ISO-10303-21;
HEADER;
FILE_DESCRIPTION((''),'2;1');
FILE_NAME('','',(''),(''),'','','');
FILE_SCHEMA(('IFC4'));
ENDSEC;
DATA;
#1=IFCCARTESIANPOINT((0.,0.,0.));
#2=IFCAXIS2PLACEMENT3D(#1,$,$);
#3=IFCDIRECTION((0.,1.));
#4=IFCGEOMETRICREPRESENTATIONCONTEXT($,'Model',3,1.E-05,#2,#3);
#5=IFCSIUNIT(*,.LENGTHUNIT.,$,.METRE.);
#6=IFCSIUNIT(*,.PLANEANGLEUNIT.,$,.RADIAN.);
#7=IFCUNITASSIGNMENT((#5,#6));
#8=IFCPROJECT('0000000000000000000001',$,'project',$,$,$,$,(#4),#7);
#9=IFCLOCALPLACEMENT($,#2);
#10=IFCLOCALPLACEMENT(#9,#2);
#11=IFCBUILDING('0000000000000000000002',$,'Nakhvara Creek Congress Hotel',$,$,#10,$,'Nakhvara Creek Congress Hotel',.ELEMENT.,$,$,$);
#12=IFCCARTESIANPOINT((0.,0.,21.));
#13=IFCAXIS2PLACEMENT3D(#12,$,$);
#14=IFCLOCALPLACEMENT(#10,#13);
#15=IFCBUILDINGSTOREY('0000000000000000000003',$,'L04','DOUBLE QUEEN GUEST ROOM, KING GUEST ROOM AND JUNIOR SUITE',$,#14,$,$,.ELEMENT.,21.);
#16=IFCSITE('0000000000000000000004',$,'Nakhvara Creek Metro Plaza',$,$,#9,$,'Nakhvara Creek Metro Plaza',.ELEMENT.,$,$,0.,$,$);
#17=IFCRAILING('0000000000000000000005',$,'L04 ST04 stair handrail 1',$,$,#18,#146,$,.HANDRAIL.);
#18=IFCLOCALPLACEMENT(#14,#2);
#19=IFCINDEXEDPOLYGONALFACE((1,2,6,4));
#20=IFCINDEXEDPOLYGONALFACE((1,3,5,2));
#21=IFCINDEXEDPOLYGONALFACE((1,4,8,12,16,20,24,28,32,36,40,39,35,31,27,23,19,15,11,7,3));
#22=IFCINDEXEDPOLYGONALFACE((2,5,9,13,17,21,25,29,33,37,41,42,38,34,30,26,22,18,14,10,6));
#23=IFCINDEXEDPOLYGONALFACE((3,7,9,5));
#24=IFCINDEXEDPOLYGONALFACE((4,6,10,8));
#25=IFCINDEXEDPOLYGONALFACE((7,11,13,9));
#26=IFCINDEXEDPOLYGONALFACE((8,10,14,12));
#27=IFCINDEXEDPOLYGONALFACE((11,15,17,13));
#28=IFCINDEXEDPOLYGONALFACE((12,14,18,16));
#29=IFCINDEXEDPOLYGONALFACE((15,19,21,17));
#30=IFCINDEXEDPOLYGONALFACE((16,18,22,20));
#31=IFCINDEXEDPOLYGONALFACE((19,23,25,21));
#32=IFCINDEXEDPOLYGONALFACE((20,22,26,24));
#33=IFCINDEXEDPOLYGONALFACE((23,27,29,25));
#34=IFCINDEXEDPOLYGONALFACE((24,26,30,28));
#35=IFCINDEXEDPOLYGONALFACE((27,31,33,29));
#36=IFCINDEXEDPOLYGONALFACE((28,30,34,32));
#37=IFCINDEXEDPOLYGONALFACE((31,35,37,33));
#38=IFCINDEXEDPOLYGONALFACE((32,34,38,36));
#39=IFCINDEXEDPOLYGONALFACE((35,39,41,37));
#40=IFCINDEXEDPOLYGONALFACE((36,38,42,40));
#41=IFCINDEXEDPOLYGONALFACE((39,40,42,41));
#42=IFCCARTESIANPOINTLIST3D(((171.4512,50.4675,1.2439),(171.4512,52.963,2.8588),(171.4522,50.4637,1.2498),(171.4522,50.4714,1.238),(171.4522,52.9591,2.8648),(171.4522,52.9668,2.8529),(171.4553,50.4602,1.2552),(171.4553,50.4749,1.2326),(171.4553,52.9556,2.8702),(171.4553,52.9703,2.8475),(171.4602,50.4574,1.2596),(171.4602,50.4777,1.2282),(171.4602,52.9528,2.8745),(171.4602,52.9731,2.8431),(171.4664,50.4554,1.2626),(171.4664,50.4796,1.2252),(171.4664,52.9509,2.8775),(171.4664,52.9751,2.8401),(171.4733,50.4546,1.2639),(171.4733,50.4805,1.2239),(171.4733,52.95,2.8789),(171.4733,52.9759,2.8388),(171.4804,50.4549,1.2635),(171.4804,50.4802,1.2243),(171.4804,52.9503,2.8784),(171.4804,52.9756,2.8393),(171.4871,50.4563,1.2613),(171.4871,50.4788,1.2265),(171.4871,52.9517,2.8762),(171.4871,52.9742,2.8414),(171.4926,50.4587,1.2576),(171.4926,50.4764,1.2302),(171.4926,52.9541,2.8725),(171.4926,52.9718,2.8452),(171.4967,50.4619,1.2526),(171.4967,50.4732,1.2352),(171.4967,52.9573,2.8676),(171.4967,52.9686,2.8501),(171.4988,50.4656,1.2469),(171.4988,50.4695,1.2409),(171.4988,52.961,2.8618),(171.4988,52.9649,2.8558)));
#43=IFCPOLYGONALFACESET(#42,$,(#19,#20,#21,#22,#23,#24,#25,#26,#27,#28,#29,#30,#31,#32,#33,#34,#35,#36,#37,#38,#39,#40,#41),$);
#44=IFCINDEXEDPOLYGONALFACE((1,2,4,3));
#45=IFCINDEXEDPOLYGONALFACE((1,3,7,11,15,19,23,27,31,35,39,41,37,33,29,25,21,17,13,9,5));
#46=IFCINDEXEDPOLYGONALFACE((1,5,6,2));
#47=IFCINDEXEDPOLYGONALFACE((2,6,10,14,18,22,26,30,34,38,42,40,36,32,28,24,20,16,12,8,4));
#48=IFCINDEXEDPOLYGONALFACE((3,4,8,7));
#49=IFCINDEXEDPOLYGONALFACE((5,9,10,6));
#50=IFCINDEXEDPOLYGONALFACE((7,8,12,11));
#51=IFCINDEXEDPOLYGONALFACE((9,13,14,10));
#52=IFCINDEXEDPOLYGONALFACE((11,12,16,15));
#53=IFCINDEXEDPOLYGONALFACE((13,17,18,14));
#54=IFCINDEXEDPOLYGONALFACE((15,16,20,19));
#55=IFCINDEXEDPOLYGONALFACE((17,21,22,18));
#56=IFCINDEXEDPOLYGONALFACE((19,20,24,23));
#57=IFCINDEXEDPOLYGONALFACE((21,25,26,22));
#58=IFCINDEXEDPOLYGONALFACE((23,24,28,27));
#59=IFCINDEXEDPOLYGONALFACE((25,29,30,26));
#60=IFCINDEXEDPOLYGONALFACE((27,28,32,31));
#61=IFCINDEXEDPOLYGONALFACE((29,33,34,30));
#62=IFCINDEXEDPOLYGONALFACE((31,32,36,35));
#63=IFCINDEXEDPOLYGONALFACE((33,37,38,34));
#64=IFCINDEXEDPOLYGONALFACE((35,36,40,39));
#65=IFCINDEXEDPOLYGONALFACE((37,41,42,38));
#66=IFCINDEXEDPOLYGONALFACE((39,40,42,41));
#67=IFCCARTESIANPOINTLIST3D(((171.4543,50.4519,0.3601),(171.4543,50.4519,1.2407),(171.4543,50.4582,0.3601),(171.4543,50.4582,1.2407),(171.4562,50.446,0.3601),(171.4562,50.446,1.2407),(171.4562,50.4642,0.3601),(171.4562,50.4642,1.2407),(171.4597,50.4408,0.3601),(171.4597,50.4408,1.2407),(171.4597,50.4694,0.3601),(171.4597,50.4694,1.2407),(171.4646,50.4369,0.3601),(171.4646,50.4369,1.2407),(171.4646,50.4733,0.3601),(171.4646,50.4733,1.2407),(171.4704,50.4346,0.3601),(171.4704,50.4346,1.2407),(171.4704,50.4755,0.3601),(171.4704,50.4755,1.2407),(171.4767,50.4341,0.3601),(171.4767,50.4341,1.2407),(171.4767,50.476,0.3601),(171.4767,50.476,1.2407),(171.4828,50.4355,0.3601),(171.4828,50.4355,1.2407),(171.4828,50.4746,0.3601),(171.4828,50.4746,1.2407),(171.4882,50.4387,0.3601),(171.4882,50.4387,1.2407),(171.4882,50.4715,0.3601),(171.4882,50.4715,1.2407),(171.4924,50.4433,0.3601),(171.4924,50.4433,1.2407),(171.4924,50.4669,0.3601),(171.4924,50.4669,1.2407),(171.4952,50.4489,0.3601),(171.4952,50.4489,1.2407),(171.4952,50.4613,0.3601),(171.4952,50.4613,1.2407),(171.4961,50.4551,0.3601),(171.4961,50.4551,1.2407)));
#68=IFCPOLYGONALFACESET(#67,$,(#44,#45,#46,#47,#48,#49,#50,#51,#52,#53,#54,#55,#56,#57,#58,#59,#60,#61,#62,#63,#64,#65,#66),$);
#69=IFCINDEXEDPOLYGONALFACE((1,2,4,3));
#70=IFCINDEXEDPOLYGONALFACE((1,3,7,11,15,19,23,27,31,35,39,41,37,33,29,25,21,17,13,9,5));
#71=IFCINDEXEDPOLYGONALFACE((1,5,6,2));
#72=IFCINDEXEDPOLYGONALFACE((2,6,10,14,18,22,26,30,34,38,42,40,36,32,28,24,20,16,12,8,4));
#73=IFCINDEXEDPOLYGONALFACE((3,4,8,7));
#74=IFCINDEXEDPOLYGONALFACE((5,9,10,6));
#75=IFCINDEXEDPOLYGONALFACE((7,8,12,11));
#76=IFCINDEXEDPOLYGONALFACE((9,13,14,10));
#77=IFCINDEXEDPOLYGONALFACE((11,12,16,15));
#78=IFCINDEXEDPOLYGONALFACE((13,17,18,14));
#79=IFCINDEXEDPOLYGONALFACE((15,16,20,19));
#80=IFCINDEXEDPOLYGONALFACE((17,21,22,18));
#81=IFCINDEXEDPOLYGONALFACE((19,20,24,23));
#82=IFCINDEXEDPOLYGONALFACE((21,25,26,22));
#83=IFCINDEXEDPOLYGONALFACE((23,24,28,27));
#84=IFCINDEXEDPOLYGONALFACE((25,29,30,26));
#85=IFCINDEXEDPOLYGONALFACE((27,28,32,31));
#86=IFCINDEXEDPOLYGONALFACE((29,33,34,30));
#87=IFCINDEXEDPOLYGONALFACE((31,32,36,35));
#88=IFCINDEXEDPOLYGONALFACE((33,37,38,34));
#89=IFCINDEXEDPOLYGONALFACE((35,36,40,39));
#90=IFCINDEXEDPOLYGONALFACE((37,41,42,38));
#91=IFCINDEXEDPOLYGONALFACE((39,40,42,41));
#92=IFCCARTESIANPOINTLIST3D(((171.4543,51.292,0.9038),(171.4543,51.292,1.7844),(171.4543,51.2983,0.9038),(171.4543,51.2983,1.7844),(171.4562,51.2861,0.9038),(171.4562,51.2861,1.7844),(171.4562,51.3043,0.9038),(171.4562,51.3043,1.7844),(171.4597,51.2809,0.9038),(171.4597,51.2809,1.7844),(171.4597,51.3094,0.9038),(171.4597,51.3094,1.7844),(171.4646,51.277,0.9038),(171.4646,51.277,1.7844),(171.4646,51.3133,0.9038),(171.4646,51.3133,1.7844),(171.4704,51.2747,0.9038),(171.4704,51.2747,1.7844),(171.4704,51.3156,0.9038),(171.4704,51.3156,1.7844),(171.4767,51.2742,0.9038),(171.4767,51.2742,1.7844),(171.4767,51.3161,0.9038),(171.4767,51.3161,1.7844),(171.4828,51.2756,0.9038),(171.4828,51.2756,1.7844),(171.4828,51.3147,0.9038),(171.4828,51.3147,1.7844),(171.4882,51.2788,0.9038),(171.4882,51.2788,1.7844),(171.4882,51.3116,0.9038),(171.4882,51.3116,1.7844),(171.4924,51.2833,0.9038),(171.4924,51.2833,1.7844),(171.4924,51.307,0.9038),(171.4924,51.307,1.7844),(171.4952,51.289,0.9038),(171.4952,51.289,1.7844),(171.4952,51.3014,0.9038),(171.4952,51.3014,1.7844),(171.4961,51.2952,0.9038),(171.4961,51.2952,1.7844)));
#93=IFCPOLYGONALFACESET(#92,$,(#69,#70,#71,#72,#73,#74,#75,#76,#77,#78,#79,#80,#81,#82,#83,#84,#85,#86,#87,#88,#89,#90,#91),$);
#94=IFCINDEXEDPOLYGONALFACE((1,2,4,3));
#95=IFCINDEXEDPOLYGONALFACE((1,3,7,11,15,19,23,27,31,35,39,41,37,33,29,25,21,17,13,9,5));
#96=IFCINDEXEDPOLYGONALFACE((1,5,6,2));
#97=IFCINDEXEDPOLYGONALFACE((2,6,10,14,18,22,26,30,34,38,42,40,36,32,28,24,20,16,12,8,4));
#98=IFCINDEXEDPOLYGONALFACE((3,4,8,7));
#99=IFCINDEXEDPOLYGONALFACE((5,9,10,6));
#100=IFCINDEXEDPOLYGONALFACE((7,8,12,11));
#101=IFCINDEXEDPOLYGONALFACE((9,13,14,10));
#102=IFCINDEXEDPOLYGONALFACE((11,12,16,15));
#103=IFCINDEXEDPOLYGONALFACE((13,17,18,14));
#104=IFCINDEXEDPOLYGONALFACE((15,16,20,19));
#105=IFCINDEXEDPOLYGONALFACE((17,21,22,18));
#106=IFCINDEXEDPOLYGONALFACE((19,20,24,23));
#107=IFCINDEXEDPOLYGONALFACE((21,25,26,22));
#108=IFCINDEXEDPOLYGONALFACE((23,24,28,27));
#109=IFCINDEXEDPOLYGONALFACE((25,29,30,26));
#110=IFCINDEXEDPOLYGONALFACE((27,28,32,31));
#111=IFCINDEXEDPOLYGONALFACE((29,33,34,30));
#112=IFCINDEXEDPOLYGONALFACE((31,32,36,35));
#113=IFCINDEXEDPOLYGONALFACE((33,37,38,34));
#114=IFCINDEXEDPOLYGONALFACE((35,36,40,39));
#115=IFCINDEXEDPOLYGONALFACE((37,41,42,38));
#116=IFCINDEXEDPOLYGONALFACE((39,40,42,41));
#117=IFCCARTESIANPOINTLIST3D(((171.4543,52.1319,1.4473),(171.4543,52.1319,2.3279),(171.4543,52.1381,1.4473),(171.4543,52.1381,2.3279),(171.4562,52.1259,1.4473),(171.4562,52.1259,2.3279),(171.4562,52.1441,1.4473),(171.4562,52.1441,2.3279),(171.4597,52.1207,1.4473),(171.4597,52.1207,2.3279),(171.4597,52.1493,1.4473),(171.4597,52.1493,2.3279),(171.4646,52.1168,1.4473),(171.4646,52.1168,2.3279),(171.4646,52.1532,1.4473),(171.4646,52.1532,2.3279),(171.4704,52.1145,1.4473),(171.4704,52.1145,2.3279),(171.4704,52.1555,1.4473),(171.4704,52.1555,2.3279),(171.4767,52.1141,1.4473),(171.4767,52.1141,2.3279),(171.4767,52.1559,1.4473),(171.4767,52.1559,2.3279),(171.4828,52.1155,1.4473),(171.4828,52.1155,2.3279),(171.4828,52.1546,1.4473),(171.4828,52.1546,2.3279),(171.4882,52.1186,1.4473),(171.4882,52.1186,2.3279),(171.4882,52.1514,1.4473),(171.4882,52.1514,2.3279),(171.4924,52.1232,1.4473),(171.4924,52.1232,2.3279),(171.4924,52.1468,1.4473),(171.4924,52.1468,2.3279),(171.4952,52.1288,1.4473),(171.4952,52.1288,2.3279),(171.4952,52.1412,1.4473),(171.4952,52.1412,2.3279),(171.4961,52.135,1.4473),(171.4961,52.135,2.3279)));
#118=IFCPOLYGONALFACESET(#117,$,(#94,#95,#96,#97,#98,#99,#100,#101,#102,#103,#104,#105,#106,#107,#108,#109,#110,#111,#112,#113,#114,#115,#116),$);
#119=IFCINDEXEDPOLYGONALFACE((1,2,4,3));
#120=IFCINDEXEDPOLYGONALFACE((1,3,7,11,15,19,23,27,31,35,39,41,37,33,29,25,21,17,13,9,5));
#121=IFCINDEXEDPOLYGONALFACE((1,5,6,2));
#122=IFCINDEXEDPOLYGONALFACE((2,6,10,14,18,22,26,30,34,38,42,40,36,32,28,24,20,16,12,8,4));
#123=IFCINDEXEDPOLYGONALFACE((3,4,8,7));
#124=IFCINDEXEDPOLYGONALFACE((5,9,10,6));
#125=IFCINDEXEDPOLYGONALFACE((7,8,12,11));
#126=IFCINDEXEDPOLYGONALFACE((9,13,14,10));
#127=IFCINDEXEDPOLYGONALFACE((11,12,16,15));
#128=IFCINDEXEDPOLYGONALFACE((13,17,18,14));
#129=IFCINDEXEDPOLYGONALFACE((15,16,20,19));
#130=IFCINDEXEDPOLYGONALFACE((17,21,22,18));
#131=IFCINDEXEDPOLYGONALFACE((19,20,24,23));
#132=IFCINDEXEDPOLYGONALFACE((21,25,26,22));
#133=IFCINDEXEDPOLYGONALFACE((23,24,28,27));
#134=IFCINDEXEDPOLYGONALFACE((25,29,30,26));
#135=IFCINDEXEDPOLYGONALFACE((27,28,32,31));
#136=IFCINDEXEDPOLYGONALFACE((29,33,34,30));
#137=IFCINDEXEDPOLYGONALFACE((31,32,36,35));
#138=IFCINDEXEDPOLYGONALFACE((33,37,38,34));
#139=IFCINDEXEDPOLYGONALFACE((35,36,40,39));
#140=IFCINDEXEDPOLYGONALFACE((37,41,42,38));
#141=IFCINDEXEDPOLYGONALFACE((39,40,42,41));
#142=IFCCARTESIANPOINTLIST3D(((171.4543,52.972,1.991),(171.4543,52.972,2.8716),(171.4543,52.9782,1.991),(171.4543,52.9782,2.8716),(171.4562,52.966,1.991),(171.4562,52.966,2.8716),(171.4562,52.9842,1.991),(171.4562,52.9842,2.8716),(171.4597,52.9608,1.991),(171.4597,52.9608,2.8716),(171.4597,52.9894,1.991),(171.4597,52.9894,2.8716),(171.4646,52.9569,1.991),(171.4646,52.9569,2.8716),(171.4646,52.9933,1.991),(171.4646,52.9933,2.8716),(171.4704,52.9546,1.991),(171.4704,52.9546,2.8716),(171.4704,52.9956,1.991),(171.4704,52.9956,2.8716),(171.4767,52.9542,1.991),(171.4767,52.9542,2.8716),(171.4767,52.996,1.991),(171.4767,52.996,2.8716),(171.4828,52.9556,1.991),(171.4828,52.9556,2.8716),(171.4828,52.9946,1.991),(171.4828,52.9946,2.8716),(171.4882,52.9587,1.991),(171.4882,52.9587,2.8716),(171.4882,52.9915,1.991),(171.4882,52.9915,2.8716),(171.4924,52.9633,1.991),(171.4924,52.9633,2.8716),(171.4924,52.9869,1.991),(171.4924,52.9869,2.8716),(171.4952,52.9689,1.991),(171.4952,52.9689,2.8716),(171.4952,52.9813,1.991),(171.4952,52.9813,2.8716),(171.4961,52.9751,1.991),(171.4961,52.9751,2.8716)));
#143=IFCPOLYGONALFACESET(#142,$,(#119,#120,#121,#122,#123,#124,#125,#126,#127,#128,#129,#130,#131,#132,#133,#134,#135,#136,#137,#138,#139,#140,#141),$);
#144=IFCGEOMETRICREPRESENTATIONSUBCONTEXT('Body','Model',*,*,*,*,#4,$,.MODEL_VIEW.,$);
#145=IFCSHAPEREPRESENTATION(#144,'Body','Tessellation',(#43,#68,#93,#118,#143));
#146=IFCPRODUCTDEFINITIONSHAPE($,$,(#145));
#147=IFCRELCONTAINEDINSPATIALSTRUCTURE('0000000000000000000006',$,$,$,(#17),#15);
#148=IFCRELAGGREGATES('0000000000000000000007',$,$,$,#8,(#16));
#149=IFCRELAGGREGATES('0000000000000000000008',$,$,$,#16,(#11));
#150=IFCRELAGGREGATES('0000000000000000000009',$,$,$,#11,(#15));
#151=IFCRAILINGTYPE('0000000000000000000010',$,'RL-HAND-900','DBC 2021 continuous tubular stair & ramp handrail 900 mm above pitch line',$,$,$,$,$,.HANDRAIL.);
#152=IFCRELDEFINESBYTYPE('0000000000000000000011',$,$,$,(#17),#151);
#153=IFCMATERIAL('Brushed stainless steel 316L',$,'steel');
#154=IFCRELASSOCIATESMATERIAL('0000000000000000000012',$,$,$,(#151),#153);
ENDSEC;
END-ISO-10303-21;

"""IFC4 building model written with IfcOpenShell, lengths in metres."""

from ifc_helpers import new_model, si_unit, direction, frame, origin, origin_2d, place, context, subcontext, project, spatial, circle, extrude, material, type_object, element, save


model = new_model("IFC4")

# Units and contexts
model_context = context("Model", 3, precision=1e-05, world=origin(), true_north=direction((0.0, 1.0)))
body_context = subcontext(model_context, "Body", "Model", "MODEL_VIEW")
ifc_project = project(units=[si_unit("LENGTHUNIT", "METRE"), si_unit("PLANEANGLEUNIT", "RADIAN")], contexts=[model_context])

# Site, building, storey
site_placement = place(None, origin())
site = spatial("IfcSite", under=ifc_project, at=site_placement, Name="Nakhvara Creek Metro Plaza", LongName="Nakhvara Creek Metro Plaza", CompositionType="ELEMENT", RefElevation=0.0)
building_placement = place(site_placement, origin())
building = spatial("IfcBuilding", under=site, at=building_placement, Name="Nakhvara Creek Congress Hotel", LongName="Nakhvara Creek Congress Hotel", CompositionType="ELEMENT")
storey_placement = place(building_placement, frame((0.0, 0.0, 21.0)))
storey = spatial("IfcBuildingStorey", under=building, at=storey_placement, Name="L04", Description="DOUBLE QUEEN GUEST ROOM, KING GUEST ROOM AND JUNIOR SUITE", CompositionType="ELEMENT", Elevation=21.0)

# Railing
ifc_material_1 = material(Name="Brushed stainless steel 316L", Category="steel")
railing_type_1 = type_object("IfcRailingType", Name="RL-HAND-900", Description="DBC 2021 continuous tubular stair & ramp handrail 900 mm above pitch line", PredefinedType="HANDRAIL", material=ifc_material_1)
railing_1_placement = place(storey_placement, frame((171.4751, 50.4551, 0.3601)))
element("IfcRailing", 1, at=railing_1_placement, inside=storey, type_object=railing_type_1, Name="L04 ST04 stair handrail 1", PredefinedType="HANDRAIL", context=body_context, shape_type="SweptSolid", body=[
    extrude(circle(Radius=0.0239, at=origin_2d()), frame((0.0, 0.0125, 0.8838), z_axis=(0.0, 0.839531, 0.543312), x_axis=(-1.0, 0.0, 0.0)), (0.0, 0.0, 1.0), 2.9724),
    extrude(circle(Radius=0.021, at=origin_2d()), origin(), (0.0, 0.0, 1.0), 0.8806),
    extrude(circle(Radius=0.021, at=origin_2d()), frame((0.0, 0.8401, 0.5437)), (0.0, 0.0, 1.0), 0.8806),
    extrude(circle(Radius=0.021, at=origin_2d()), frame((0.0, 1.6799, 1.0872)), (0.0, 0.0, 1.0), 0.8806),
    extrude(circle(Radius=0.021, at=origin_2d()), frame((0.0, 2.52, 1.6309)), (0.0, 0.0, 1.0), 0.8806),
])

save(model, "model.ifc")
